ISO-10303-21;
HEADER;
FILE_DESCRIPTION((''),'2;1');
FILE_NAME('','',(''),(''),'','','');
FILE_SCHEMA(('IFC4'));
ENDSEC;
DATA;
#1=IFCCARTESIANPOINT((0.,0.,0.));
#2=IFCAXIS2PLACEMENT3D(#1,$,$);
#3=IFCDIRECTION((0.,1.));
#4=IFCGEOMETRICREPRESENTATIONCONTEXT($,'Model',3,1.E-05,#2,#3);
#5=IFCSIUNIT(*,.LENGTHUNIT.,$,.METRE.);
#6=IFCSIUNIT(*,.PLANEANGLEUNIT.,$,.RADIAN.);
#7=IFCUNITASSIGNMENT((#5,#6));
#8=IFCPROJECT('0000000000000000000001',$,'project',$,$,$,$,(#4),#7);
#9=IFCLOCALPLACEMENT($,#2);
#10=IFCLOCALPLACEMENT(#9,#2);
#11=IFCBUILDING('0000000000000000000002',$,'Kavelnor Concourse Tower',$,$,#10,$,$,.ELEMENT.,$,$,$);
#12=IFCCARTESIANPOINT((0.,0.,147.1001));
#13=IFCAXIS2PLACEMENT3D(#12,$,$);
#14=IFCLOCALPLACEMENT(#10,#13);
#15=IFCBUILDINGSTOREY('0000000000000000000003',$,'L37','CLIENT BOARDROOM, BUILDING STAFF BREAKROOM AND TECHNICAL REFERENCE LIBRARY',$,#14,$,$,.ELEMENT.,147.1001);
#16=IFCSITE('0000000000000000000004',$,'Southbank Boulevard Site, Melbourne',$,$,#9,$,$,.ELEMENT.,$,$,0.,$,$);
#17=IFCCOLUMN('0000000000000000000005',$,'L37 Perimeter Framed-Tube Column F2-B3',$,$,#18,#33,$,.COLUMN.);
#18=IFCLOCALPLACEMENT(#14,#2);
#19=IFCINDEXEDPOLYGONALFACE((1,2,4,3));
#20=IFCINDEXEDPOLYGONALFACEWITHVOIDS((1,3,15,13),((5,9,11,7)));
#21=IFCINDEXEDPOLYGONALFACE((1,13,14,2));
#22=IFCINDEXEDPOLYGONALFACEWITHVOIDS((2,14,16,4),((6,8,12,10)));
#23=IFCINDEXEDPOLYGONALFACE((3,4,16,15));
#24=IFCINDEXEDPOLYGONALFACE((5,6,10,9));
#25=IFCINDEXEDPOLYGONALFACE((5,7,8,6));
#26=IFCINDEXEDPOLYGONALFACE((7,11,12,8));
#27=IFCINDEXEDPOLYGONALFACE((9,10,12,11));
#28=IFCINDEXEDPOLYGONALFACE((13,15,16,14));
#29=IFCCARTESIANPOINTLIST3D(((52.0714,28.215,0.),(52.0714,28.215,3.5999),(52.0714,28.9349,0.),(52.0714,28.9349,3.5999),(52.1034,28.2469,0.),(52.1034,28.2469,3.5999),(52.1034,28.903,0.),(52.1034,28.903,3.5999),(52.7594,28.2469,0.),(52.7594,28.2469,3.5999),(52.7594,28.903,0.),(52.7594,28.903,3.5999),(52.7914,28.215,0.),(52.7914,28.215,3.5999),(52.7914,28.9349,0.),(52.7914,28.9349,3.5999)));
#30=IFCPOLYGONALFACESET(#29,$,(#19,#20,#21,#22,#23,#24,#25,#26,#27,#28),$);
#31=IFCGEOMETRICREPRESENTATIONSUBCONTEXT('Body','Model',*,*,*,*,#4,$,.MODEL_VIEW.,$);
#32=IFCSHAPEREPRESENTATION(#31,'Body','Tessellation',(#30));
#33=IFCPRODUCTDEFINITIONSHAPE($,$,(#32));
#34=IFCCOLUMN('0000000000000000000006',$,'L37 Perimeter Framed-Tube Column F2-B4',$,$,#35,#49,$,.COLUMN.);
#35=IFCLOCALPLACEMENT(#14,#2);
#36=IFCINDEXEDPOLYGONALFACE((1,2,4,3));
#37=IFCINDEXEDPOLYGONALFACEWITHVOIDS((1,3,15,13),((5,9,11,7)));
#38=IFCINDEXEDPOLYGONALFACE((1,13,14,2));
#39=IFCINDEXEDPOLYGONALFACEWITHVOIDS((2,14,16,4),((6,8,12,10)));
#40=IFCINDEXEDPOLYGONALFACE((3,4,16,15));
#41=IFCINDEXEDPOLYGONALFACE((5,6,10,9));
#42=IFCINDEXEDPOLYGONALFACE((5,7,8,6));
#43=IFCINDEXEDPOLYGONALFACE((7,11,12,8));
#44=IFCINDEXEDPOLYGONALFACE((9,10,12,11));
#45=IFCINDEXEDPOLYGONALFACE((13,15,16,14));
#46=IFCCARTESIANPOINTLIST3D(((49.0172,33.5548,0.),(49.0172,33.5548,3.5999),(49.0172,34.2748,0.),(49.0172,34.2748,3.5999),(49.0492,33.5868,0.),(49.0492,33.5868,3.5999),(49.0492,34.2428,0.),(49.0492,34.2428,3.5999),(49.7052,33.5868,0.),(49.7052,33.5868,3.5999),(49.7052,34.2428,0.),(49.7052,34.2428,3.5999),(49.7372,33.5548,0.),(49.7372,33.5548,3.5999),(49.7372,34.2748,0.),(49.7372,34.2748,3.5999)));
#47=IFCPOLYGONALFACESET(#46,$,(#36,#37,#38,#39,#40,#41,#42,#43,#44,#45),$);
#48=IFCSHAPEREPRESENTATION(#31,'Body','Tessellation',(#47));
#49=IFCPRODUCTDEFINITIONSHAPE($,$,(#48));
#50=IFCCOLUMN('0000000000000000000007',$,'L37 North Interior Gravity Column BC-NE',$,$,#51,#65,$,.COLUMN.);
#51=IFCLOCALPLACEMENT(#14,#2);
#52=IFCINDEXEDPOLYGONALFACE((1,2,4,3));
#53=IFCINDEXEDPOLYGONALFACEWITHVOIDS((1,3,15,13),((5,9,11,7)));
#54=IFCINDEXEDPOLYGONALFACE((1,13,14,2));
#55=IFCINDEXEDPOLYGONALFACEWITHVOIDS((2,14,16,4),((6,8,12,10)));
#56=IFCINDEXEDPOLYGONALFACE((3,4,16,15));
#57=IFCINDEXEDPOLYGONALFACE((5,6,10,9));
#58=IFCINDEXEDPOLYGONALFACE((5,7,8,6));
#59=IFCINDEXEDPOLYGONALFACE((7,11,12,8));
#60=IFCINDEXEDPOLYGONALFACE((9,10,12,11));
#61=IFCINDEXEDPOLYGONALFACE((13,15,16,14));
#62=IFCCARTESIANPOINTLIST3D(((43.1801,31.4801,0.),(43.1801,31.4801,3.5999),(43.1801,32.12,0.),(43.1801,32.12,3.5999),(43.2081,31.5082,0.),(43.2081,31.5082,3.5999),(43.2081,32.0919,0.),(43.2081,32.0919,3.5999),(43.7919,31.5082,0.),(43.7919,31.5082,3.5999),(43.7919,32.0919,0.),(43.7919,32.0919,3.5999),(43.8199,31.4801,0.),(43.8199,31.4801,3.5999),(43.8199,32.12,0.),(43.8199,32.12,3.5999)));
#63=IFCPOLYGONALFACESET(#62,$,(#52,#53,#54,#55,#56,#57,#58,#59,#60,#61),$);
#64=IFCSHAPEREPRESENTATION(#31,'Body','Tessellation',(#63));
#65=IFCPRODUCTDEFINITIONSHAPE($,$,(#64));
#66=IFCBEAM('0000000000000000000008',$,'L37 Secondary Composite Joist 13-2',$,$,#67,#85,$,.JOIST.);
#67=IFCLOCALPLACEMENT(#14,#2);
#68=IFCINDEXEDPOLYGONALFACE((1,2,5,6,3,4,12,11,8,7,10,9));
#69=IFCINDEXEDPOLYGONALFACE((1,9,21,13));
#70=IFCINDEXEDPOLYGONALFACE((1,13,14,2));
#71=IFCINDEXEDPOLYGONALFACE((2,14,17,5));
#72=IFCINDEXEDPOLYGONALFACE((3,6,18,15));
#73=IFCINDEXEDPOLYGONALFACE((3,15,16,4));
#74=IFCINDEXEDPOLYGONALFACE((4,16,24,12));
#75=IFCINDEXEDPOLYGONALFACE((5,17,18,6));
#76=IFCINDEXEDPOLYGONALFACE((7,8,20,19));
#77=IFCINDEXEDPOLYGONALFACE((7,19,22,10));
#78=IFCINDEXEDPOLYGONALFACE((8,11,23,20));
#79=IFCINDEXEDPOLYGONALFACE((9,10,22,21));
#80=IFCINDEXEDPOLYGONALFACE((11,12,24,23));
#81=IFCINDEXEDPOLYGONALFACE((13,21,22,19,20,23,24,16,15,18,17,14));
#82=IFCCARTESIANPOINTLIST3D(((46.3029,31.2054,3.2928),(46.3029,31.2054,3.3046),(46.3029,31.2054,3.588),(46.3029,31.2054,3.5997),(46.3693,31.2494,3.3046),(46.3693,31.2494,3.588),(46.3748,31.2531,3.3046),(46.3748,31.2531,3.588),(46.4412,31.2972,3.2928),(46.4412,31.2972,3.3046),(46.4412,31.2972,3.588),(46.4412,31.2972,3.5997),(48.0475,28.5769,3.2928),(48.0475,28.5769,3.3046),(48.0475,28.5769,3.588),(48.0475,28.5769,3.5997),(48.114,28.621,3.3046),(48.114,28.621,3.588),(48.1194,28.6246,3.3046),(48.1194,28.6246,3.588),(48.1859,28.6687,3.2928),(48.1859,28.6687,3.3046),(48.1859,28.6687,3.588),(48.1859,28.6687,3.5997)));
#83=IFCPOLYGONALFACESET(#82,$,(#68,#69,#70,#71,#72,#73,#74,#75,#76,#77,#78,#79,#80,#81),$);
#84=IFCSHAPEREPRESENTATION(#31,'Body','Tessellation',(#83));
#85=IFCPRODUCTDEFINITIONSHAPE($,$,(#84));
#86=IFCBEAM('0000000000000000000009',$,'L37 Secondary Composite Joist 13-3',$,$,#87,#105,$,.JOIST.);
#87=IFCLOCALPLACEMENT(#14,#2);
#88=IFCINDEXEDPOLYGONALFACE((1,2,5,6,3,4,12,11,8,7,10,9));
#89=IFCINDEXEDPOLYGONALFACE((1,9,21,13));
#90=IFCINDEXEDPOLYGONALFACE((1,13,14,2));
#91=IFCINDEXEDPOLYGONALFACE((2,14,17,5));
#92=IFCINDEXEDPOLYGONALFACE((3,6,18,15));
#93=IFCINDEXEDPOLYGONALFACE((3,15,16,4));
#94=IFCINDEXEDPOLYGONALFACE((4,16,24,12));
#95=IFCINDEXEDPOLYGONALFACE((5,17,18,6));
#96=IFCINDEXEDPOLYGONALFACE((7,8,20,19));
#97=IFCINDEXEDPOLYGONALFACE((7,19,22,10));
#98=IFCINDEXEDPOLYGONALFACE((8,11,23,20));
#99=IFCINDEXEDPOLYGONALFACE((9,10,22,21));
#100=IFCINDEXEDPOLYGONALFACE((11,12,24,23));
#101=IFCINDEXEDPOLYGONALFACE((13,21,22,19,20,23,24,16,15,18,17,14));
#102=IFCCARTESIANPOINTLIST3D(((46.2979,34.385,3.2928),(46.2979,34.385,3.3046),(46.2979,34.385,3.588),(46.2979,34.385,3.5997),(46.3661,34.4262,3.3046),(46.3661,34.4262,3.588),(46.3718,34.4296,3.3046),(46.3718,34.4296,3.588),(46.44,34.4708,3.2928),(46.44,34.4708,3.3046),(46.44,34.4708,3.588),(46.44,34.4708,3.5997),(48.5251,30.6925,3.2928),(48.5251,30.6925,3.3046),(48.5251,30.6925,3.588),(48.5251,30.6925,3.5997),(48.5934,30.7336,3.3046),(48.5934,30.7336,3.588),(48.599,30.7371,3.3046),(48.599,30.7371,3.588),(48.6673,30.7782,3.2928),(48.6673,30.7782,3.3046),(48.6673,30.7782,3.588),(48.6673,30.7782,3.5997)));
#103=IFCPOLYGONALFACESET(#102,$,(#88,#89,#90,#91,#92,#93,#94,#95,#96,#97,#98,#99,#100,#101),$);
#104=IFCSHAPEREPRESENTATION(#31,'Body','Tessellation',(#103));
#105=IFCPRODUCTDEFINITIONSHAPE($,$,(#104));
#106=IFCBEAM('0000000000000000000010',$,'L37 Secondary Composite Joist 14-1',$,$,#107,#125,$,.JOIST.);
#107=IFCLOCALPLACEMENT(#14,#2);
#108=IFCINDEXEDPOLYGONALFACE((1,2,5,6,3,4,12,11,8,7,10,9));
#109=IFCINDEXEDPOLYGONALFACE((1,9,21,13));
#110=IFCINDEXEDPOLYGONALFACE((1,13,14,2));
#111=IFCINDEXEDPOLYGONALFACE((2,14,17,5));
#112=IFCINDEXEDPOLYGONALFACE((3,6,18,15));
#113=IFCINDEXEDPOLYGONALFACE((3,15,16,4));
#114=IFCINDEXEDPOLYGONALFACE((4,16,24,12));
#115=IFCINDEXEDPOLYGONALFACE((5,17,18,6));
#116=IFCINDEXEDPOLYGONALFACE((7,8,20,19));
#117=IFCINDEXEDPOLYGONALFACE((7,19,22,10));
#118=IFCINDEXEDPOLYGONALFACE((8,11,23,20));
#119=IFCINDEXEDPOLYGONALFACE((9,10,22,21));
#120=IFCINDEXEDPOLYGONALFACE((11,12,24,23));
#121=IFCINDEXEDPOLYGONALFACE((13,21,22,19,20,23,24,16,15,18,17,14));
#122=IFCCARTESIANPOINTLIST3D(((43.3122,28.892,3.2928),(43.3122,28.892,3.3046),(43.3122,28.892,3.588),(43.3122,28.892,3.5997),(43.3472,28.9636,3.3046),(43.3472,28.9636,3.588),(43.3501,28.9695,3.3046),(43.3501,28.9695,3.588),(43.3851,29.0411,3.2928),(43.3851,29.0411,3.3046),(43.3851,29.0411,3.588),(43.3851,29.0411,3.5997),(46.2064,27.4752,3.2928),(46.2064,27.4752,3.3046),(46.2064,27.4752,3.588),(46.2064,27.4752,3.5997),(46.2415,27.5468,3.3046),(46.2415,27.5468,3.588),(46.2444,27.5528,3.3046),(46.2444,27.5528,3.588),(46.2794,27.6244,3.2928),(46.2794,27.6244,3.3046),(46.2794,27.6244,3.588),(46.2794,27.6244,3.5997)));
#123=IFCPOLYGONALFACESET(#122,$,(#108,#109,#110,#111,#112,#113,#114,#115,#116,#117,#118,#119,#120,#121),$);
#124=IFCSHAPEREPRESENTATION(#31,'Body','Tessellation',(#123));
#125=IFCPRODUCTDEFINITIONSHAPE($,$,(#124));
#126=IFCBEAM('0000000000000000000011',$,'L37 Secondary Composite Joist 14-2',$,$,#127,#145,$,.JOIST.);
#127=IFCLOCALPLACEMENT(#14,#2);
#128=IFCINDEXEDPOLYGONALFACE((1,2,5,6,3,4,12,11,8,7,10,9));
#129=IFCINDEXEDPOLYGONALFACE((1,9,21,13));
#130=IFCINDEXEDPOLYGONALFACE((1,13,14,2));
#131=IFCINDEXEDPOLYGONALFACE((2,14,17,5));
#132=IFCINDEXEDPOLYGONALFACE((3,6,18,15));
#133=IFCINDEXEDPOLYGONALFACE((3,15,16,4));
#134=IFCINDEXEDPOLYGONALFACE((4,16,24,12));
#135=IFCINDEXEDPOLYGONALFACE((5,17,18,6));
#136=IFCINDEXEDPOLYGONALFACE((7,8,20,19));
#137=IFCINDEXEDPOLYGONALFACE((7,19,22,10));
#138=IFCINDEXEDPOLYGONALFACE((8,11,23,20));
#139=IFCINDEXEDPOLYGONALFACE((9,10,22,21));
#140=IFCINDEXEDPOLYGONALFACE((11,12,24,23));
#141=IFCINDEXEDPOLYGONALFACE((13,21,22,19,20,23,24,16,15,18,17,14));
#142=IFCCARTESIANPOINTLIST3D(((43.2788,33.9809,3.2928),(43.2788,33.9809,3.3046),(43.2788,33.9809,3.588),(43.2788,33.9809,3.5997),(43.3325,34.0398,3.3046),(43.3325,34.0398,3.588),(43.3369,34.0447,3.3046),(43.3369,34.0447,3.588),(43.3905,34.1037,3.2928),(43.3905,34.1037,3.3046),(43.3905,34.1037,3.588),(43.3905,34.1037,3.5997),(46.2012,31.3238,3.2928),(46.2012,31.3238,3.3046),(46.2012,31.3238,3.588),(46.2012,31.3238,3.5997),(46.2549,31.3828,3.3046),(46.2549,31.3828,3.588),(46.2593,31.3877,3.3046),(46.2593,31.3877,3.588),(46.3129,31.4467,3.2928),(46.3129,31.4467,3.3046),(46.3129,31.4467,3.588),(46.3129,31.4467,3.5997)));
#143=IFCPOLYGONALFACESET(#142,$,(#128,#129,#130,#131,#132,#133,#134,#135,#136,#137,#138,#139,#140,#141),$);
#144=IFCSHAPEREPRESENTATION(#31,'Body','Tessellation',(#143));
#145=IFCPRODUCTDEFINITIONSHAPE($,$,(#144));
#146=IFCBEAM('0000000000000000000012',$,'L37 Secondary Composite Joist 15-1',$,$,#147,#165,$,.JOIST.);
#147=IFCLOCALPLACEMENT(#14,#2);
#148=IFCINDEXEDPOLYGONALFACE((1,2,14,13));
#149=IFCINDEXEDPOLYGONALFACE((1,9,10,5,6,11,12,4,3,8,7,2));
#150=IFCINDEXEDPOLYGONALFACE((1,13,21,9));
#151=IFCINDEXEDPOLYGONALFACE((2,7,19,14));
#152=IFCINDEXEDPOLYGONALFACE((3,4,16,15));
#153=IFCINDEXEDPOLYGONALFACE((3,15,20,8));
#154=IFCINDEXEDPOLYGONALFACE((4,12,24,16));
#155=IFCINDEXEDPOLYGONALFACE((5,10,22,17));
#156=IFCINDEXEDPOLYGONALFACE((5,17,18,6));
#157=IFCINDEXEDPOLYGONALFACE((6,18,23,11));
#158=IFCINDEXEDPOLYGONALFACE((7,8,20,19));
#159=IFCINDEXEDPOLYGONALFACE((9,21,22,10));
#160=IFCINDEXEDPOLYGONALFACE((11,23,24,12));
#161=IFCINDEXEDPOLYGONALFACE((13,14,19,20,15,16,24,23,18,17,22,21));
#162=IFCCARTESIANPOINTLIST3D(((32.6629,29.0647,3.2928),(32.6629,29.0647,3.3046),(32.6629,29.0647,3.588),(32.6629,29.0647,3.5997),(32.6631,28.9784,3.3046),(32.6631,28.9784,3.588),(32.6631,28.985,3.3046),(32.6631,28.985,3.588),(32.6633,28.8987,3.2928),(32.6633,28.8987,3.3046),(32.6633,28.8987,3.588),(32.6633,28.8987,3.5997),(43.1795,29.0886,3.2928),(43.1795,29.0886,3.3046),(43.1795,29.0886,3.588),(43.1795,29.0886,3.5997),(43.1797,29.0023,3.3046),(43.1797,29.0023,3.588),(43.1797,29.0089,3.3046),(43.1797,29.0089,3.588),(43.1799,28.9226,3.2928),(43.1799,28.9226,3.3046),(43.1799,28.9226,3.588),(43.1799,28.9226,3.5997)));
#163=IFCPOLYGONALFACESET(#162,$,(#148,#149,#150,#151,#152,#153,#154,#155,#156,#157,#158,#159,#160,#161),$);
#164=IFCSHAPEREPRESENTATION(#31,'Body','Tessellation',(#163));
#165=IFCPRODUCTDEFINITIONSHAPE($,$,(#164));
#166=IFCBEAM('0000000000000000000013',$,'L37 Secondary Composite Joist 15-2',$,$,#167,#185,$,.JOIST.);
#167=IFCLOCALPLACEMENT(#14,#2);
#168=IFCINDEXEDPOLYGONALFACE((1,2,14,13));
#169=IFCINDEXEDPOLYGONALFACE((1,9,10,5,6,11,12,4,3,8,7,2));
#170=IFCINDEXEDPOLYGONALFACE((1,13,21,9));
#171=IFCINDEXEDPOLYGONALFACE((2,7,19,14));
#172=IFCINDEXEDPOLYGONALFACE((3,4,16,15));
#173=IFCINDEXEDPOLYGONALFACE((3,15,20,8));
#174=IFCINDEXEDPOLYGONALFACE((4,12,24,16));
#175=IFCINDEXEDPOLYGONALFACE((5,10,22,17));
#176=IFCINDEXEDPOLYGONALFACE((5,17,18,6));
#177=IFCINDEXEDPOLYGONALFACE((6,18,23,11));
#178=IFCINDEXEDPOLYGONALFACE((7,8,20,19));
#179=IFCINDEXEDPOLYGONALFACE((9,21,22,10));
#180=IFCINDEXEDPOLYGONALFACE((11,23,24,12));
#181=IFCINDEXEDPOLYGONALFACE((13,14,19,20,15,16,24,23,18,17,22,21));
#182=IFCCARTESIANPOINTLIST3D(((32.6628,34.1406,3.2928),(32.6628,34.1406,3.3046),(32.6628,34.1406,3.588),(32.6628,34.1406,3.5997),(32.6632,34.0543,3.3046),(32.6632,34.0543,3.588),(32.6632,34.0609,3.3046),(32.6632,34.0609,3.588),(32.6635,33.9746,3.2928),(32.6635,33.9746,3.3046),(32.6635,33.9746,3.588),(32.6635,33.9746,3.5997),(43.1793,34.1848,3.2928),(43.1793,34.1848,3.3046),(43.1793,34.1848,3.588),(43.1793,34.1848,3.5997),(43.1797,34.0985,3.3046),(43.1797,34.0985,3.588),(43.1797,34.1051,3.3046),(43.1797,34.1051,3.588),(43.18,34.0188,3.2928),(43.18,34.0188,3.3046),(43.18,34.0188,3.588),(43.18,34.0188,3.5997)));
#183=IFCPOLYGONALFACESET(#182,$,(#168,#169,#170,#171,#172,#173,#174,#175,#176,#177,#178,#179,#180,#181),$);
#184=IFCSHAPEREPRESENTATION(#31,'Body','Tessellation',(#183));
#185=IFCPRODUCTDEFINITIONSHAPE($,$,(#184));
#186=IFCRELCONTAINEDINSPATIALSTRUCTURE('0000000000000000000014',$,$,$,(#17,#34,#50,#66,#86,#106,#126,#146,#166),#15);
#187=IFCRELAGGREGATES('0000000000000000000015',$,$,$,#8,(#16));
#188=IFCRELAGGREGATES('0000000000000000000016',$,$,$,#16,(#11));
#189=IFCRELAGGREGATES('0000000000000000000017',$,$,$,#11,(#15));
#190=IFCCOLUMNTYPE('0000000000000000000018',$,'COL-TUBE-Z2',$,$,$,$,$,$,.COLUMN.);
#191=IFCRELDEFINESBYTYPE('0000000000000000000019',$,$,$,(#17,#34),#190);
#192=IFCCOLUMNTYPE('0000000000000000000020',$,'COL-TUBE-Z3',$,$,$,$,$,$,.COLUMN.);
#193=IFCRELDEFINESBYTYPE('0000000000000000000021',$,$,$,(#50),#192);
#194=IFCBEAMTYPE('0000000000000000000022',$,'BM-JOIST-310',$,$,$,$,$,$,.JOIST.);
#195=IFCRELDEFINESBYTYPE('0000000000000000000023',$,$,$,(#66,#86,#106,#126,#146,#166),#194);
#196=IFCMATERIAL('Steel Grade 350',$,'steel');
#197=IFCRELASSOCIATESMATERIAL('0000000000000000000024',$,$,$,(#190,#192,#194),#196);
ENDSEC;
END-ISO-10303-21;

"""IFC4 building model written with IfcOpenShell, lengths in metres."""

from ifc_helpers import new_model, si_unit, direction, frame, origin, origin_2d, place, context, subcontext, project, spatial, hollow_rectangle, i_section, extrude, material, material_profile, profile_set, type_object, element, save


model = new_model("IFC4")

# Units and contexts
model_context = context("Model", 3, precision=1e-05, world=origin(), true_north=direction((0.0, 1.0)))
body_context = subcontext(model_context, "Body", "Model", "MODEL_VIEW")
ifc_project = project(units=[si_unit("LENGTHUNIT", "METRE"), si_unit("PLANEANGLEUNIT", "RADIAN")], contexts=[model_context])

# Site, building, storey
site_placement = place(None, origin())
site = spatial("IfcSite", under=ifc_project, at=site_placement, Name="Southbank Boulevard Site, Melbourne", CompositionType="ELEMENT", RefElevation=0.0)
building_placement = place(site_placement, origin())
building = spatial("IfcBuilding", under=site, at=building_placement, Name="Kavelnor Concourse Tower", CompositionType="ELEMENT")
storey_placement = place(building_placement, frame((0.0, 0.0, 147.1001)))
storey = spatial("IfcBuildingStorey", under=building, at=storey_placement, Name="L37", Description="CLIENT BOARDROOM, BUILDING STAFF BREAKROOM AND TECHNICAL REFERENCE LIBRARY", CompositionType="ELEMENT", Elevation=147.1001)

# Columns
ifc_material_1 = material(Name="Steel Grade 350", Category="steel")
ifc_material_profile_1 = material_profile(ifc_material_1, hollow_rectangle(XDim=0.72, YDim=0.72, WallThickness=0.032, at=origin_2d()), Name="SHS 720x720x32")
ifc_profile_set_1 = profile_set([ifc_material_profile_1], Name="Steel Grade 350")
column_type_1 = type_object("IfcColumnType", Name="COL-TUBE-Z2", PredefinedType="COLUMN", material=ifc_profile_set_1)
for number, where, z_axis, x_axis, name in (
    (1, (52.4314, 28.575, 0.0), (0.0, 0.0, 1.0), (1.0, 0.0, 0.0), "L37 Perimeter Framed-Tube Column F2-B3"),
    (2, (49.3772, 33.9148, 0.0), (0.0, 0.0, 1.0), (1.0, 0.0, 0.0), "L37 Perimeter Framed-Tube Column F2-B4"),
):
    element("IfcColumn", number, at=place(storey_placement, frame(where, z_axis=z_axis, x_axis=x_axis)), inside=storey, type_object=column_type_1, Name=name, PredefinedType="COLUMN", context=body_context, shape_type="SweptSolid", body=[
        extrude(hollow_rectangle(XDim=0.72, YDim=0.72, WallThickness=0.032, at=origin_2d()), origin(), (0.0, 0.0, 1.0), 3.5999),
    ])
ifc_material_profile_2 = material_profile(ifc_material_1, hollow_rectangle(XDim=0.6399, YDim=0.6399, WallThickness=0.0281, at=origin_2d()), Name="SHS 640x640x28")
ifc_profile_set_2 = profile_set([ifc_material_profile_2], Name="Steel Grade 350")
column_type_2 = type_object("IfcColumnType", Name="COL-TUBE-Z3", PredefinedType="COLUMN", material=ifc_profile_set_2)
column_placement = place(storey_placement, frame((43.5, 31.8, 0.0), z_axis=(0.0, 0.0, 1.0), x_axis=(1.0, 0.0, 0.0)))
element("IfcColumn", 3, at=column_placement, inside=storey, type_object=column_type_2, Name="L37 North Interior Gravity Column BC-NE", PredefinedType="COLUMN", context=body_context, shape_type="SweptSolid", body=[
    extrude(hollow_rectangle(XDim=0.6399, YDim=0.6399, WallThickness=0.0281, at=origin_2d()), origin(), (0.0, 0.0, 1.0), 3.5999),
])

# Beams
ifc_material_profile_3 = material_profile(ifc_material_1, i_section(OverallWidth=0.166, OverallDepth=0.3069, WebThickness=0.0066, FlangeThickness=0.0117, at=origin_2d()), Name="310UB46")
ifc_profile_set_3 = profile_set([ifc_material_profile_3], Name="Steel Grade 350")
beam_type_1 = type_object("IfcBeamType", Name="BM-JOIST-310", PredefinedType="JOIST", material=ifc_profile_set_3)
beam_1_placement = place(storey_placement, frame((48.1167, 28.6228, 3.4463), z_axis=(-0.55302, 0.833168, 0.0), x_axis=(-0.833168, -0.55302, 0.0)))
element("IfcBeam", 4, at=beam_1_placement, inside=storey, type_object=beam_type_1, Name="L37 Secondary Composite Joist 13-2", PredefinedType="JOIST", context=body_context, shape_type="SweptSolid", body=[
    extrude(i_section(OverallWidth=0.166, OverallDepth=0.3069, WebThickness=0.0066, FlangeThickness=0.0117, at=origin_2d()), origin(), (0.0, 0.0, 1.0), 3.1548),
])
beam_2_placement = place(storey_placement, frame((48.5962, 30.7354, 3.4463), z_axis=(-0.516493, 0.856292, 0.0), x_axis=(-0.856292, -0.516493, 0.0)))
element("IfcBeam", 5, at=beam_2_placement, inside=storey, type_object=beam_type_1, Name="L37 Secondary Composite Joist 13-3", PredefinedType="JOIST", context=body_context, shape_type="SweptSolid", body=[
    extrude(i_section(OverallWidth=0.166, OverallDepth=0.3069, WebThickness=0.0066, FlangeThickness=0.0117, at=origin_2d()), origin(), (0.0, 0.0, 1.0), 4.3123),
])
beam_3_placement = place(storey_placement, frame((46.2429, 27.5498, 3.4463), z_axis=(-0.898168, 0.439652, 0.0), x_axis=(-0.439652, -0.898168, 0.0)))
element("IfcBeam", 6, at=beam_3_placement, inside=storey, type_object=beam_type_1, Name="L37 Secondary Composite Joist 14-1", PredefinedType="JOIST", context=body_context, shape_type="SweptSolid", body=[
    extrude(i_section(OverallWidth=0.166, OverallDepth=0.3069, WebThickness=0.0066, FlangeThickness=0.0117, at=origin_2d()), origin(), (0.0, 0.0, 1.0), 3.2224),
])
beam_4_placement = place(storey_placement, frame((46.2571, 31.3853, 3.4463), z_axis=(-0.739904, 0.672713, 0.0), x_axis=(-0.672713, -0.739904, 0.0)))
element("IfcBeam", 7, at=beam_4_placement, inside=storey, type_object=beam_type_1, Name="L37 Secondary Composite Joist 14-2", PredefinedType="JOIST", context=body_context, shape_type="SweptSolid", body=[
    extrude(i_section(OverallWidth=0.166, OverallDepth=0.3069, WebThickness=0.0066, FlangeThickness=0.0117, at=origin_2d()), origin(), (0.0, 0.0, 1.0), 3.9497),
])
for number, where, z_axis, x_axis, name in (
    (8, (43.1797, 29.0056, 3.4463), (-0.999997, -0.002275, 0.0), (0.002275, -0.999997, 0.0), "L37 Secondary Composite Joist 15-1"),
    (9, (43.1797, 34.1018, 3.4463), (-0.999991, -0.004202, 0.0), (0.004202, -0.999991, 0.0), "L37 Secondary Composite Joist 15-2"),
):
    element("IfcBeam", number, at=place(storey_placement, frame(where, z_axis=z_axis, x_axis=x_axis)), inside=storey, type_object=beam_type_1, Name=name, PredefinedType="JOIST", context=body_context, shape_type="SweptSolid", body=[
        extrude(i_section(OverallWidth=0.166, OverallDepth=0.3069, WebThickness=0.0066, FlangeThickness=0.0117, at=origin_2d()), origin(), (0.0, 0.0, 1.0), 10.5166),
    ])

save(model, "model.ifc")
